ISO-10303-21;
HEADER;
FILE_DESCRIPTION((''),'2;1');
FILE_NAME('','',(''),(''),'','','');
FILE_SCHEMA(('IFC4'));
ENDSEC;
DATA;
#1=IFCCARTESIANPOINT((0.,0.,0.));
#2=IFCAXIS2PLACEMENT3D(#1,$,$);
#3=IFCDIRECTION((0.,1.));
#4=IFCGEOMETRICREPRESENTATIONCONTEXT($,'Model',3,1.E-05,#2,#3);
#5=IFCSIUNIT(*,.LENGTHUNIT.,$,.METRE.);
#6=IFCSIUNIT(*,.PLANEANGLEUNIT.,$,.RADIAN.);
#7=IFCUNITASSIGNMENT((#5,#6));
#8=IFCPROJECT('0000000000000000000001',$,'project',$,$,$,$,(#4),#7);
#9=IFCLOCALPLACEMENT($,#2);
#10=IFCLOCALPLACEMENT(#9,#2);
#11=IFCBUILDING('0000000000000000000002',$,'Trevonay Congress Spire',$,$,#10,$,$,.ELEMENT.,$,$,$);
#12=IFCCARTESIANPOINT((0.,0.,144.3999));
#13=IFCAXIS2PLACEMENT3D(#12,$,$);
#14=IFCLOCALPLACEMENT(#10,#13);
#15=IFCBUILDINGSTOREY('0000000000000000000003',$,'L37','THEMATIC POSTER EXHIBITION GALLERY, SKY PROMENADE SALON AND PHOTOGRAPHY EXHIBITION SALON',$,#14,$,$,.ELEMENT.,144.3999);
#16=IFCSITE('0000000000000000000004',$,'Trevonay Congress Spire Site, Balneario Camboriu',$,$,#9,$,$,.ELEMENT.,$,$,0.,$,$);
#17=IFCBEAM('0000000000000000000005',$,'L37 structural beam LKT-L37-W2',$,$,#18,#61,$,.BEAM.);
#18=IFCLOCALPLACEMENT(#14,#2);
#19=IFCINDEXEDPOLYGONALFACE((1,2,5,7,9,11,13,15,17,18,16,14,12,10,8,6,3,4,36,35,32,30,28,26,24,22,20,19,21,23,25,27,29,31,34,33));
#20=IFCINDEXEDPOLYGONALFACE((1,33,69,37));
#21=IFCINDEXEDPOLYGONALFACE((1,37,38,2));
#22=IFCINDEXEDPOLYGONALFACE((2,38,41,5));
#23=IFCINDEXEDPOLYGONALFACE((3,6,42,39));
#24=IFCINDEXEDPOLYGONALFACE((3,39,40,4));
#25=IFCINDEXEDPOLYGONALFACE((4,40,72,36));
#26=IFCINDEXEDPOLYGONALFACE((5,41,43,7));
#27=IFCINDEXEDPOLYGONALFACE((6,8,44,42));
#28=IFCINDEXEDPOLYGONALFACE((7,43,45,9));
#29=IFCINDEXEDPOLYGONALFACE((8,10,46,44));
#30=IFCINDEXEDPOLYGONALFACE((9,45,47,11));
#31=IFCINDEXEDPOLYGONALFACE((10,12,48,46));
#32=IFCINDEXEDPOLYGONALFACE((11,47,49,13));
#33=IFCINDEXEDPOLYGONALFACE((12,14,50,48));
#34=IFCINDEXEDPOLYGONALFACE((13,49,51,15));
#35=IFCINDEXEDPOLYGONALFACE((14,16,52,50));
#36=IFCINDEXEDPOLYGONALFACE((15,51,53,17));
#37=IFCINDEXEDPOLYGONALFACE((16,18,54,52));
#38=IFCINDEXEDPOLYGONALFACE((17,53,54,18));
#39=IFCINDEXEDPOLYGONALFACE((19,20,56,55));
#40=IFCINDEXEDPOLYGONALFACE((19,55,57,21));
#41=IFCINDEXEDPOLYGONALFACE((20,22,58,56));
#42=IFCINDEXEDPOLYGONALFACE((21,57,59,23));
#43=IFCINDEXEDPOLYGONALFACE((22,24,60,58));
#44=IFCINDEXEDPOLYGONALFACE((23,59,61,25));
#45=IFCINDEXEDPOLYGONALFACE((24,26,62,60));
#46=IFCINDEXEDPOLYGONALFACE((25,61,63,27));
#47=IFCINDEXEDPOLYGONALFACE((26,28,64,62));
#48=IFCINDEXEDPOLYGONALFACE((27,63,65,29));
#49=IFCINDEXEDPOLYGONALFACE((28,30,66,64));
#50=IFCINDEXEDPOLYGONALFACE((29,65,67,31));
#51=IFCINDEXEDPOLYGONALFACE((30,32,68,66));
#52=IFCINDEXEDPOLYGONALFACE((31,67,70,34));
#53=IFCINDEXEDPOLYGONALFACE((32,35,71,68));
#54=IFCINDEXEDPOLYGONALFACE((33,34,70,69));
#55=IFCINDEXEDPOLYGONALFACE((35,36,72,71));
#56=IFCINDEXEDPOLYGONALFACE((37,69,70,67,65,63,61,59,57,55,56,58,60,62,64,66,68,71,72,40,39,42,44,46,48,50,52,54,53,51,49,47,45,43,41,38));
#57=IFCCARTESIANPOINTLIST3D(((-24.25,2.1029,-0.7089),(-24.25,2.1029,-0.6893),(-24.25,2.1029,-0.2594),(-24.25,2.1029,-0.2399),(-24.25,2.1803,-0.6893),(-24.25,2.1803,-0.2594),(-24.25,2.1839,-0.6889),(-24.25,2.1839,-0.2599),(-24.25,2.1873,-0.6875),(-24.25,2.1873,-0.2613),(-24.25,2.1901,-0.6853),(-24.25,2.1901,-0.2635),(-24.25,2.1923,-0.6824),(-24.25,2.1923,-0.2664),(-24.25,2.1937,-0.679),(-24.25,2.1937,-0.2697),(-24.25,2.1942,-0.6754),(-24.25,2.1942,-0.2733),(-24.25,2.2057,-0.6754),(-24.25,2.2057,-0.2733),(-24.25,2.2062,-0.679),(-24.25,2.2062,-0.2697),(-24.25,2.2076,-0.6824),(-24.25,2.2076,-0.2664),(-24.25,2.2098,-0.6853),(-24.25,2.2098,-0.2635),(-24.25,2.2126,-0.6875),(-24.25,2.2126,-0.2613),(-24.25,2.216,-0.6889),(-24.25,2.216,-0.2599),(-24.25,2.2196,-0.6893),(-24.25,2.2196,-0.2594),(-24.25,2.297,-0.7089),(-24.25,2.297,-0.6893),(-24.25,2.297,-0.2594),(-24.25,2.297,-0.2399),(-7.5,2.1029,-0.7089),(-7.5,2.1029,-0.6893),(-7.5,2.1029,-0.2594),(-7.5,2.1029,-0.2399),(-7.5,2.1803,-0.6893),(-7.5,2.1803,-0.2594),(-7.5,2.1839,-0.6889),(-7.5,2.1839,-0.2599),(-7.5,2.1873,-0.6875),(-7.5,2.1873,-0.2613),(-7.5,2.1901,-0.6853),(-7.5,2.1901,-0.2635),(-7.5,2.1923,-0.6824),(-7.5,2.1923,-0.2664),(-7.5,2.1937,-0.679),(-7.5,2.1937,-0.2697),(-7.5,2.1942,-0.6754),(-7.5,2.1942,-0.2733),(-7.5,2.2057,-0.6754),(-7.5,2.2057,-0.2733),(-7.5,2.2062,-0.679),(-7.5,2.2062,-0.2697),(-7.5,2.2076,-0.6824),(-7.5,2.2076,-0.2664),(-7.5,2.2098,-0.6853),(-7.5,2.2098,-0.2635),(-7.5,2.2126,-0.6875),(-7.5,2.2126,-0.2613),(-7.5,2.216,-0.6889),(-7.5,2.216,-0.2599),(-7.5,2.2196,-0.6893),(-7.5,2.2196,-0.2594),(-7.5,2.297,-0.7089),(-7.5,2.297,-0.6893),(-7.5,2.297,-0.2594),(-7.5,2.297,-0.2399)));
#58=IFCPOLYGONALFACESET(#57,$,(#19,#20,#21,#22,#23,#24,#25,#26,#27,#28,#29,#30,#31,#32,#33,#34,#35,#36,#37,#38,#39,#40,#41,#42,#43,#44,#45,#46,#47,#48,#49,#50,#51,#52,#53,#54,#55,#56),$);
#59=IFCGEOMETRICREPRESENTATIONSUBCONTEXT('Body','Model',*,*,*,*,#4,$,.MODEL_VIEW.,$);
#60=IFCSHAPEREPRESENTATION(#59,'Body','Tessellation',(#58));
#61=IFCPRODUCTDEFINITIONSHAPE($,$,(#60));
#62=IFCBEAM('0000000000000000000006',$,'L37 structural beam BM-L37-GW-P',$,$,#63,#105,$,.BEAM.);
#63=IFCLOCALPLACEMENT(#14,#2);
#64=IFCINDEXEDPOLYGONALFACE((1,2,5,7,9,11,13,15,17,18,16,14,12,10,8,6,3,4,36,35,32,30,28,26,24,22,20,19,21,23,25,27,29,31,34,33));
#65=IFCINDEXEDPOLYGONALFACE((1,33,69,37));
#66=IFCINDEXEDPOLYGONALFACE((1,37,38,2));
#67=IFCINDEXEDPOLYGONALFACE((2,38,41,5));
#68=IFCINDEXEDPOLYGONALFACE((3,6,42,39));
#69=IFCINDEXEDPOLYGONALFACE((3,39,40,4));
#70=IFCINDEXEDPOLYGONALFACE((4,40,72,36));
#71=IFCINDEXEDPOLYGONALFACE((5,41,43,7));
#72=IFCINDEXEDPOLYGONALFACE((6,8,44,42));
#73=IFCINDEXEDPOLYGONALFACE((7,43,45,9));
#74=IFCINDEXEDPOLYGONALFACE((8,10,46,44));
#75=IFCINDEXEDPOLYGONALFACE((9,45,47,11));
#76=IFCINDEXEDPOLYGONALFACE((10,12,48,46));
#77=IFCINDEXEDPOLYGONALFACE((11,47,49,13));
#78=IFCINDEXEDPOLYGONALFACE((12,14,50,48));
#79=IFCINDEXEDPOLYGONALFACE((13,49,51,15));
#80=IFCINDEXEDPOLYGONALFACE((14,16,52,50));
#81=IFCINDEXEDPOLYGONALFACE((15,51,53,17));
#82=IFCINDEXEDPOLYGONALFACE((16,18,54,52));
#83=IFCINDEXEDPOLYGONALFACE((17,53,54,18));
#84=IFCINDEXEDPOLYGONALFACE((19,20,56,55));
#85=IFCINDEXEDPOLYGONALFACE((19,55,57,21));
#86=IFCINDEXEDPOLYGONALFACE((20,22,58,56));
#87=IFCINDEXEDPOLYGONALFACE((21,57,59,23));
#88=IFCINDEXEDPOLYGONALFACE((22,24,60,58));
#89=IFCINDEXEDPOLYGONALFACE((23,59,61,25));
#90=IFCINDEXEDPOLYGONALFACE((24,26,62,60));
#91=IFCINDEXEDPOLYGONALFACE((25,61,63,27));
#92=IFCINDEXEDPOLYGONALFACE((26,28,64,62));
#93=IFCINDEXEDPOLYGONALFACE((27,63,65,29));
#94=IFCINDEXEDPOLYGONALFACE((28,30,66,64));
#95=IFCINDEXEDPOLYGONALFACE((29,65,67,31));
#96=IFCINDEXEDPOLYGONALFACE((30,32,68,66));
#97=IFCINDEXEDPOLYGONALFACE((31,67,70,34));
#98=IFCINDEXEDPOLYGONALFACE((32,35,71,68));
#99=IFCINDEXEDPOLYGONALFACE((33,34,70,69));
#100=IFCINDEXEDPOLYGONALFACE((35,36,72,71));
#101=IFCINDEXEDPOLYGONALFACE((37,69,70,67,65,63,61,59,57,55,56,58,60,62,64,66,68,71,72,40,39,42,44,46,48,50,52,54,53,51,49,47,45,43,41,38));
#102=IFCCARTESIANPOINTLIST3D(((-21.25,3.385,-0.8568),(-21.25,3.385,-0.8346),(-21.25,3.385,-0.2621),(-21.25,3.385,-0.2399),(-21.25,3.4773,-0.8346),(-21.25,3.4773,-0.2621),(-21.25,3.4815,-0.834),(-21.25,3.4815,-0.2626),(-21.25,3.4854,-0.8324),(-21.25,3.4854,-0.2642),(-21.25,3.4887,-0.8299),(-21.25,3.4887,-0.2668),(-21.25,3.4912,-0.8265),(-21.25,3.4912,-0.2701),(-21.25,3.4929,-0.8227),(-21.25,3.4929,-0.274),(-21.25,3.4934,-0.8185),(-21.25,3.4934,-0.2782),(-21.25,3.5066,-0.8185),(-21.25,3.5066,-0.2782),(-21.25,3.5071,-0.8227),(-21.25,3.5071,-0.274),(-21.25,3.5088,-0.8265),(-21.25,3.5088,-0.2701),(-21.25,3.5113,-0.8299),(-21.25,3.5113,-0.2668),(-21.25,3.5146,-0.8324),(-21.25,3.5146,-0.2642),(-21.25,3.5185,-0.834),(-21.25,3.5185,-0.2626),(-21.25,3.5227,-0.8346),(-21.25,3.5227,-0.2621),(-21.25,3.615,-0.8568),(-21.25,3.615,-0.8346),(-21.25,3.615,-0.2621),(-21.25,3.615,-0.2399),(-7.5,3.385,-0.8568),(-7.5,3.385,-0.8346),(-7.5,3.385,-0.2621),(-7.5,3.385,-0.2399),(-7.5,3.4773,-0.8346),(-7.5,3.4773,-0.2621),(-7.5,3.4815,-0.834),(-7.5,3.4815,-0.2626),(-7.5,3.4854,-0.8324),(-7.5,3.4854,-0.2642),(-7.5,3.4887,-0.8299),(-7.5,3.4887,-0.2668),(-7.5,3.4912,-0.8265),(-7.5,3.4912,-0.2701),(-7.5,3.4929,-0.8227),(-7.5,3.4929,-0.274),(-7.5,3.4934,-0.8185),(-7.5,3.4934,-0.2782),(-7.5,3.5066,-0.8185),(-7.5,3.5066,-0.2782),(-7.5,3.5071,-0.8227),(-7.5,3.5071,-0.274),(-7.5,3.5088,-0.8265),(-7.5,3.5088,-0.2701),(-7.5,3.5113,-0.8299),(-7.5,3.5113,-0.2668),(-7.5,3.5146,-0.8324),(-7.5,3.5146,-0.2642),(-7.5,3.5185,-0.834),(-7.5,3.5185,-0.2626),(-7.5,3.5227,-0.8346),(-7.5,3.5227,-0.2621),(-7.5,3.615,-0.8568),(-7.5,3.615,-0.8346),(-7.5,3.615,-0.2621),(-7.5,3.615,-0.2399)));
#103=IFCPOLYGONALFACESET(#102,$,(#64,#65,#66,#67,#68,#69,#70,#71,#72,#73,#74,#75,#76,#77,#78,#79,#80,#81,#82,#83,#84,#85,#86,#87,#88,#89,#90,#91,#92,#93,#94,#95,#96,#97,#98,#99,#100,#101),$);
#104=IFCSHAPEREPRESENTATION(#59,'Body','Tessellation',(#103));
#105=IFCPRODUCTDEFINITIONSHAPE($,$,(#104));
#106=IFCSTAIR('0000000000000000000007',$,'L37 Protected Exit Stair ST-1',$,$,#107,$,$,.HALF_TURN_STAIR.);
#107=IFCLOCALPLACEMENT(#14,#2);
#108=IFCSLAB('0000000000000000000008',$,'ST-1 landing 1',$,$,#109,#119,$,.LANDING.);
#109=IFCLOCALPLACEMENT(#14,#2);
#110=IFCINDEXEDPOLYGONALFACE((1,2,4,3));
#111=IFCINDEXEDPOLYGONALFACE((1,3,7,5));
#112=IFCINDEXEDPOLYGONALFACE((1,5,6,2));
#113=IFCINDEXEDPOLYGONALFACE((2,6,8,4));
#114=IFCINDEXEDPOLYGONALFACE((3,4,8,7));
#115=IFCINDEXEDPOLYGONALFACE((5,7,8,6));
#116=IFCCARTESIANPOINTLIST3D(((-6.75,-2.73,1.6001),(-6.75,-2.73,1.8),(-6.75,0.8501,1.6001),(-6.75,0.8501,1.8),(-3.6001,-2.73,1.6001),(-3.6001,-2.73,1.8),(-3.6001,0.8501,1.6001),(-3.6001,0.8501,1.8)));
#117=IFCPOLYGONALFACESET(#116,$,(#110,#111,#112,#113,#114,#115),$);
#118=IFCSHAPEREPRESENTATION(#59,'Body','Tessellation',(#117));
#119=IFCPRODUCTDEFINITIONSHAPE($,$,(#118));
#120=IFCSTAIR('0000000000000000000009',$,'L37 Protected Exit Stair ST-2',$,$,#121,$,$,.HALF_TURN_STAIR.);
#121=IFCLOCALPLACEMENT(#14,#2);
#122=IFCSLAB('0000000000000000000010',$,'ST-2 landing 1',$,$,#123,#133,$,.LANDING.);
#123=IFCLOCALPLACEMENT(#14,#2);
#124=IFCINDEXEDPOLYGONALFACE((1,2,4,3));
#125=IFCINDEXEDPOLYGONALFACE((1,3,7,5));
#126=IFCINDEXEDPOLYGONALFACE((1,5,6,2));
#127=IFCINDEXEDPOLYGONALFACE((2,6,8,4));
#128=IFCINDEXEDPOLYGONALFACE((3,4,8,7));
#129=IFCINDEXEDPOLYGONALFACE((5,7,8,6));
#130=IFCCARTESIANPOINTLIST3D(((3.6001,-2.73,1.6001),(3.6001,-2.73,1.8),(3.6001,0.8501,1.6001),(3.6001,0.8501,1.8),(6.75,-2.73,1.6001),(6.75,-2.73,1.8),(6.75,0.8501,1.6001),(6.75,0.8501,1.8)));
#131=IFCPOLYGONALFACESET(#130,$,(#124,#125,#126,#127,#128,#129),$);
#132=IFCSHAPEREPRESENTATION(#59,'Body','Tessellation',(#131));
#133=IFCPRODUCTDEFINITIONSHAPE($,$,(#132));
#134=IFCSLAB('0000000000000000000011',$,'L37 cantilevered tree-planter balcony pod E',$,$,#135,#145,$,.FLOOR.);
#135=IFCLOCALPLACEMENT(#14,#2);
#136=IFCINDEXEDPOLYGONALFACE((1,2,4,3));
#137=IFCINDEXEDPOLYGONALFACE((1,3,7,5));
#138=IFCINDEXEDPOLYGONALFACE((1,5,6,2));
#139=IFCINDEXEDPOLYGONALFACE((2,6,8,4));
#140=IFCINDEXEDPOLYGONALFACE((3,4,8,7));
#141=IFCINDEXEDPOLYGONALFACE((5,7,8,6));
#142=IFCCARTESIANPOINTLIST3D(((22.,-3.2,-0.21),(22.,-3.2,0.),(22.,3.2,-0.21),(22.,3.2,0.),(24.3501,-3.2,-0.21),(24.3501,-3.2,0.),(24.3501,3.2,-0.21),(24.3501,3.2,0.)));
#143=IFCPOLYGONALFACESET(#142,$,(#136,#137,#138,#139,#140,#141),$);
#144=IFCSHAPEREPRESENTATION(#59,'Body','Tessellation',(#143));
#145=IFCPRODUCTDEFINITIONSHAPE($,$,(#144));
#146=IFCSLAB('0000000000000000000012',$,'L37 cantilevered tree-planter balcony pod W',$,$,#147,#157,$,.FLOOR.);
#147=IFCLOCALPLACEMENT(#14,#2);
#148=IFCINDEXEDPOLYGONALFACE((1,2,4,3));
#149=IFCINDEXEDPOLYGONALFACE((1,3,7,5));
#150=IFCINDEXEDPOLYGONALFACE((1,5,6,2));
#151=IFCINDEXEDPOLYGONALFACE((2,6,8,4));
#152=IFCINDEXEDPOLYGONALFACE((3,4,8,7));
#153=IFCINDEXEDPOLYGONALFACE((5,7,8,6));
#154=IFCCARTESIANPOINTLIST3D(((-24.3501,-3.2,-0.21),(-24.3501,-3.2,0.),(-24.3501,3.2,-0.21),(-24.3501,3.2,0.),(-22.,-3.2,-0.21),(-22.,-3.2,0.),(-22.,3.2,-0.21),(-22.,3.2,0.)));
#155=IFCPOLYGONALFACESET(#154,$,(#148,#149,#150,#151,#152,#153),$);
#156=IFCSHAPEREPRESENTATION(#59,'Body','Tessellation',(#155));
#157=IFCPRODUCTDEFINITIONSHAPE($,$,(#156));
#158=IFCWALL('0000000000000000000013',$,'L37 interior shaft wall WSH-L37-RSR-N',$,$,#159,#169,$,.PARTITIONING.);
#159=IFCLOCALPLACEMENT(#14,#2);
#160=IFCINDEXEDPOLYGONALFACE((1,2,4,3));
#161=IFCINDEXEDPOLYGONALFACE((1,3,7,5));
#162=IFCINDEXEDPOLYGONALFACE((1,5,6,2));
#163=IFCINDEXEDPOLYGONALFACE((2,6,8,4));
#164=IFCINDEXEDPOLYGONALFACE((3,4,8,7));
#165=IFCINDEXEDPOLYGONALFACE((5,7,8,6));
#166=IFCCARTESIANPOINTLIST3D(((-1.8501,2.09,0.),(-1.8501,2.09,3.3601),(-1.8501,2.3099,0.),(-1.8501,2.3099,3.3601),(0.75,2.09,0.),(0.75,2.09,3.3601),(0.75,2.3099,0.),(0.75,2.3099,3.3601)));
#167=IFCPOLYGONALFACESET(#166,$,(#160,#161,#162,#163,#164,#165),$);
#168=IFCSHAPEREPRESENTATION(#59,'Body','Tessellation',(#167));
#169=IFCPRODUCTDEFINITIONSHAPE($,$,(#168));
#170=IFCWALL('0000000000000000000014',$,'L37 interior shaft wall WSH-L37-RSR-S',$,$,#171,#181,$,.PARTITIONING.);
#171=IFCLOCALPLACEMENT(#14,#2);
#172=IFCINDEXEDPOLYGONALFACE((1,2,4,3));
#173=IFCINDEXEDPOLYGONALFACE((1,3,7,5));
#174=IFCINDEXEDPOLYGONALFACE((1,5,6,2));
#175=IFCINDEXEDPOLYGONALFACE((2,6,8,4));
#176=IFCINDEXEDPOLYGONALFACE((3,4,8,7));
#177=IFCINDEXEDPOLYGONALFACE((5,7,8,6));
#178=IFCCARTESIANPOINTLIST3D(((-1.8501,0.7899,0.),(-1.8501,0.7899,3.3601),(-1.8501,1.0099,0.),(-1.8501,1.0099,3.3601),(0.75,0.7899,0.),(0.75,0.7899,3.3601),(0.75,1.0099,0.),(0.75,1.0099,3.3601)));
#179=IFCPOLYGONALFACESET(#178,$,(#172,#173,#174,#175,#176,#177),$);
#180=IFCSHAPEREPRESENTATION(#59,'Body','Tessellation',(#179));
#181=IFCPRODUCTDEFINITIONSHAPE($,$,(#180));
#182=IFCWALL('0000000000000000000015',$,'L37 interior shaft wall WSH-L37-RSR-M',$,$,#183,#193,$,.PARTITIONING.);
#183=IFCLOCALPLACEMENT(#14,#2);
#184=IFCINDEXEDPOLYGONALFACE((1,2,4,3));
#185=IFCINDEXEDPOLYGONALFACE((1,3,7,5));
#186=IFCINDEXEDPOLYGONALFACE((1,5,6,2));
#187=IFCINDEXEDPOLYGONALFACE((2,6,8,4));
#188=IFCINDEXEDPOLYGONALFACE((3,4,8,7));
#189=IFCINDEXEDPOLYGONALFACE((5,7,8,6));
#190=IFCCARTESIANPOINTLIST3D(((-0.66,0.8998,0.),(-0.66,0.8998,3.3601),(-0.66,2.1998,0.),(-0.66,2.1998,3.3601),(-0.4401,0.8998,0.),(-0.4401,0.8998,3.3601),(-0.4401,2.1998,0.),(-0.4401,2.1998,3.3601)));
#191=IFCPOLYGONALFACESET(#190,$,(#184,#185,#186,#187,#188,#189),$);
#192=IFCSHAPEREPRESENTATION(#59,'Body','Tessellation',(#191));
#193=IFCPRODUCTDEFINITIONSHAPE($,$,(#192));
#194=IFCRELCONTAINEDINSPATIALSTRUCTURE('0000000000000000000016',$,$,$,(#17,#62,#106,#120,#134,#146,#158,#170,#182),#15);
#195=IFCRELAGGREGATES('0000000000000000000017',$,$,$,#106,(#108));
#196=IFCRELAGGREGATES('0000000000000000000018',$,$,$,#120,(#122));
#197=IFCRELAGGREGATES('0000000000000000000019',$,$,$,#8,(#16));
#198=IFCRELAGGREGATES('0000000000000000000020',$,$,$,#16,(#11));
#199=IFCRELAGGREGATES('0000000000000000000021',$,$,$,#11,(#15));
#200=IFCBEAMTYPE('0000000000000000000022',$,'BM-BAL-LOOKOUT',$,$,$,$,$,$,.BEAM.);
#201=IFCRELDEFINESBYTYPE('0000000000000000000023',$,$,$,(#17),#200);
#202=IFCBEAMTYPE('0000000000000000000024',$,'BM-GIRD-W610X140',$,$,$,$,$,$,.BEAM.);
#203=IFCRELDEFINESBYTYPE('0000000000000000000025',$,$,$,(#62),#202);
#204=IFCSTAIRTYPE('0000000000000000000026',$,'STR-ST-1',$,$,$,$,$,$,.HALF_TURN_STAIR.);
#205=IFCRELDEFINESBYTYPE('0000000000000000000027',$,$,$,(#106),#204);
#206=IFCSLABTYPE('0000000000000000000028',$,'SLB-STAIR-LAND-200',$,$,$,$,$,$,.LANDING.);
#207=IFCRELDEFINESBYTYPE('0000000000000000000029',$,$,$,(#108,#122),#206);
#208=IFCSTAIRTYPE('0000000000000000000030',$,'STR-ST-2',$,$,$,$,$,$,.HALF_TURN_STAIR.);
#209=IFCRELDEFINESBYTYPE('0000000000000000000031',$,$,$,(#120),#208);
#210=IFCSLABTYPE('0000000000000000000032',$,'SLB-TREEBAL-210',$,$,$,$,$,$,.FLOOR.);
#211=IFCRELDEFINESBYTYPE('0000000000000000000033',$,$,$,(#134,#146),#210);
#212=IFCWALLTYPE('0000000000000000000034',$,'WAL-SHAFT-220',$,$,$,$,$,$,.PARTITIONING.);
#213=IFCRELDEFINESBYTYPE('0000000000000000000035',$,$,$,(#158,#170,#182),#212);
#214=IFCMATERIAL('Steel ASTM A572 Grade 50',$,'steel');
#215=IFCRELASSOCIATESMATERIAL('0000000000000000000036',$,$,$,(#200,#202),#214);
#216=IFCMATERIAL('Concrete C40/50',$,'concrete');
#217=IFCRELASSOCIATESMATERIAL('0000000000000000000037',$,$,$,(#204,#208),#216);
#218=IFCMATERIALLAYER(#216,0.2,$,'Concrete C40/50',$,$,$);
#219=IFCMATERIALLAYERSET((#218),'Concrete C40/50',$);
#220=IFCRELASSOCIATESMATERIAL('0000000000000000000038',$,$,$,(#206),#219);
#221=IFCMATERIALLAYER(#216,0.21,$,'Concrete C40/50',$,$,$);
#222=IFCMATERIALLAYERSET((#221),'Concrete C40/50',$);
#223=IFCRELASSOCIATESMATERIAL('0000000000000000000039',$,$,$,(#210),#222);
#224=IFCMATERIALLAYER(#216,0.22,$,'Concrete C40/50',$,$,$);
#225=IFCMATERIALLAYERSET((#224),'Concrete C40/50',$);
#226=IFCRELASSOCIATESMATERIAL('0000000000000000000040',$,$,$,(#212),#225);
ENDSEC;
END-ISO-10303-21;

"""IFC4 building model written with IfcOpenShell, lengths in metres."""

from ifc_helpers import new_model, si_unit, direction, frame, frame_2d, origin, origin_2d, place, context, subcontext, project, spatial, polyline, rectangle, i_section, outline, extrude, material, layer, layer_set, material_profile, profile_set, type_object, element, aggregate, save


model = new_model("IFC4")

# Units and contexts
model_context = context("Model", 3, precision=1e-05, world=origin(), true_north=direction((0.0, 1.0)))
body_context = subcontext(model_context, "Body", "Model", "MODEL_VIEW")
ifc_project = project(units=[si_unit("LENGTHUNIT", "METRE"), si_unit("PLANEANGLEUNIT", "RADIAN")], contexts=[model_context])

# Site, building, storey
site_placement = place(None, origin())
site = spatial("IfcSite", under=ifc_project, at=site_placement, Name="Trevonay Congress Spire Site, Balneario Camboriu", CompositionType="ELEMENT", RefElevation=0.0)
building_placement = place(site_placement, origin())
building = spatial("IfcBuilding", under=site, at=building_placement, Name="Trevonay Congress Spire", CompositionType="ELEMENT")
storey_placement = place(building_placement, frame((0.0, 0.0, 144.3999)))
storey = spatial("IfcBuildingStorey", under=building, at=storey_placement, Name="L37", Description="THEMATIC POSTER EXHIBITION GALLERY, SKY PROMENADE SALON AND PHOTOGRAPHY EXHIBITION SALON", CompositionType="ELEMENT", Elevation=144.3999)

# Beams
ifc_material_1 = material(Name="Steel ASTM A572 Grade 50", Category="steel")
ifc_material_profile_1 = material_profile(ifc_material_1, i_section(OverallWidth=0.1941, OverallDepth=0.469, WebThickness=0.0115, FlangeThickness=0.0195, FilletRadius=0.0139, at=origin_2d()), Name="W460x106")
ifc_profile_set_1 = profile_set([ifc_material_profile_1], Name="Steel ASTM A572 Grade 50")
beam_type_1 = type_object("IfcBeamType", Name="BM-BAL-LOOKOUT", PredefinedType="BEAM", material=ifc_profile_set_1)
beam_1_placement = place(storey_placement, frame((-7.5, 2.2, -0.4744), z_axis=(-1.0, 0.0, 0.0), x_axis=(0.0, -1.0, 0.0)))
element("IfcBeam", 1, at=beam_1_placement, inside=storey, type_object=beam_type_1, Name="L37 structural beam LKT-L37-W2", PredefinedType="BEAM", context=body_context, shape_type="SweptSolid", body=[
    extrude(i_section(OverallWidth=0.1941, OverallDepth=0.469, WebThickness=0.0115, FlangeThickness=0.0195, FilletRadius=0.0139, at=origin_2d()), origin(), (0.0, 0.0, 1.0), 16.75),
])
ifc_material_profile_2 = material_profile(ifc_material_1, i_section(OverallWidth=0.23, OverallDepth=0.6169, WebThickness=0.0132, FlangeThickness=0.0222, FilletRadius=0.0161, at=origin_2d()), Name="W610x140")
ifc_profile_set_2 = profile_set([ifc_material_profile_2], Name="Steel ASTM A572 Grade 50")
beam_type_2 = type_object("IfcBeamType", Name="BM-GIRD-W610X140", PredefinedType="BEAM", material=ifc_profile_set_2)
beam_2_placement = place(storey_placement, frame((-7.5, 3.5, -0.5483), z_axis=(-1.0, 0.0, 0.0), x_axis=(0.0, -1.0, 0.0)))
element("IfcBeam", 2, at=beam_2_placement, inside=storey, type_object=beam_type_2, Name="L37 structural beam BM-L37-GW-P", PredefinedType="BEAM", context=body_context, shape_type="SweptSolid", body=[
    extrude(i_section(OverallWidth=0.23, OverallDepth=0.6169, WebThickness=0.0132, FlangeThickness=0.0222, FilletRadius=0.0161, at=origin_2d()), origin(), (0.0, 0.0, 1.0), 13.75),
])

# Stairs, slabs
ifc_material_2 = material(Name="Concrete C40/50", Category="concrete")
stair_type_1 = type_object("IfcStairType", Name="STR-ST-1", PredefinedType="HALF_TURN_STAIR", material=ifc_material_2)
stair_1_placement = place(storey_placement, origin())
stair_1 = element("IfcStair", 3, at=stair_1_placement, inside=storey, type_object=stair_type_1, Name="L37 Protected Exit Stair ST-1", PredefinedType="HALF_TURN_STAIR")
ifc_layer_1 = layer(ifc_material_2, 0.2, Name="Concrete C40/50")
ifc_layer_set_1 = layer_set([ifc_layer_1], Name="Concrete C40/50")
slab_type_1 = type_object("IfcSlabType", Name="SLB-STAIR-LAND-200", PredefinedType="LANDING", material=ifc_layer_set_1)
slab_1_placement = place(storey_placement, frame((0.0, 0.0, 1.6001)))
slab_1 = element("IfcSlab", 4, at=slab_1_placement, type_object=slab_type_1, Name="ST-1 landing 1", PredefinedType="LANDING", context=body_context, shape_type="SweptSolid", body=[
    extrude(outline(polyline([(-3.6001, -2.73), (-3.6001, 0.8501), (-6.75, 0.8501), (-6.75, -2.73), (-3.6001, -2.73)])), origin(), (0.0, 0.0, 1.0), 0.2),
])
aggregate(stair_1, [slab_1])
stair_type_2 = type_object("IfcStairType", Name="STR-ST-2", PredefinedType="HALF_TURN_STAIR", material=ifc_material_2)
stair_2_placement = place(storey_placement, origin())
stair_2 = element("IfcStair", 5, at=stair_2_placement, inside=storey, type_object=stair_type_2, Name="L37 Protected Exit Stair ST-2", PredefinedType="HALF_TURN_STAIR")
slab_2_placement = place(storey_placement, frame((0.0, 0.0, 1.6001)))
slab_2 = element("IfcSlab", 6, at=slab_2_placement, type_object=slab_type_1, Name="ST-2 landing 1", PredefinedType="LANDING", context=body_context, shape_type="SweptSolid", body=[
    extrude(outline(polyline([(6.75, -2.73), (6.75, 0.8501), (3.6001, 0.8501), (3.6001, -2.73), (6.75, -2.73)])), origin(), (0.0, 0.0, 1.0), 0.2),
])
aggregate(stair_2, [slab_2])

# Slabs
ifc_layer_2 = layer(ifc_material_2, 0.21, Name="Concrete C40/50")
ifc_layer_set_2 = layer_set([ifc_layer_2], Name="Concrete C40/50")
slab_type_2 = type_object("IfcSlabType", Name="SLB-TREEBAL-210", PredefinedType="FLOOR", material=ifc_layer_set_2)
slab_3_placement = place(storey_placement, frame((0.0, 0.0, -0.21)))
element("IfcSlab", 7, at=slab_3_placement, inside=storey, type_object=slab_type_2, Name="L37 cantilevered tree-planter balcony pod E", PredefinedType="FLOOR", context=body_context, shape_type="SweptSolid", body=[
    extrude(outline(polyline([(22.0, -3.2), (24.3501, -3.2), (24.3501, 3.2), (22.0, 3.2), (22.0, -3.2)])), origin(), (0.0, 0.0, 1.0), 0.21),
])
slab_4_placement = place(storey_placement, frame((0.0, 0.0, -0.21)))
element("IfcSlab", 8, at=slab_4_placement, inside=storey, type_object=slab_type_2, Name="L37 cantilevered tree-planter balcony pod W", PredefinedType="FLOOR", context=body_context, shape_type="SweptSolid", body=[
    extrude(outline(polyline([(-24.3501, -3.2), (-22.0, -3.2), (-22.0, 3.2), (-24.3501, 3.2), (-24.3501, -3.2)])), origin(), (0.0, 0.0, 1.0), 0.21),
])

# Walls
ifc_layer_3 = layer(ifc_material_2, 0.22, Name="Concrete C40/50")
ifc_layer_set_3 = layer_set([ifc_layer_3], Name="Concrete C40/50")
wall_type_1 = type_object("IfcWallType", Name="WAL-SHAFT-220", PredefinedType="PARTITIONING", material=ifc_layer_set_3)
for number, where, z_axis, x_axis, name in (
    (9, (-1.8501, 2.2, 0.0), (0.0, 0.0, 1.0), (1.0, 0.0, 0.0), "L37 interior shaft wall WSH-L37-RSR-N"),
    (10, (-1.8501, 0.8999, 0.0), (0.0, 0.0, 1.0), (1.0, 0.0, 0.0), "L37 interior shaft wall WSH-L37-RSR-S"),
):
    element("IfcWall", number, at=place(storey_placement, frame(where, z_axis=z_axis, x_axis=x_axis)), inside=storey, type_object=wall_type_1, Name=name, PredefinedType="PARTITIONING", context=body_context, shape_type="SweptSolid", body=[
        extrude(rectangle(XDim=2.6001, YDim=0.22, at=frame_2d((1.3, 0.0))), origin(), (0.0, 0.0, 1.0), 3.3601),
    ])
for number, where, z_axis, x_axis, name in (
    (11, (-0.55, 0.8999, 0.0), (0.0, 0.0, 1.0), (0.0, 1.0, 0.0), "L37 interior shaft wall WSH-L37-RSR-M"),
):
    element("IfcWall", number, at=place(storey_placement, frame(where, z_axis=z_axis, x_axis=x_axis)), inside=storey, type_object=wall_type_1, Name=name, PredefinedType="PARTITIONING", context=body_context, shape_type="SweptSolid", body=[
        extrude(rectangle(XDim=1.3, YDim=0.22, at=frame_2d((0.6499, 0.0))), origin(), (0.0, 0.0, 1.0), 3.3601),
    ])

save(model, "model.ifc")
